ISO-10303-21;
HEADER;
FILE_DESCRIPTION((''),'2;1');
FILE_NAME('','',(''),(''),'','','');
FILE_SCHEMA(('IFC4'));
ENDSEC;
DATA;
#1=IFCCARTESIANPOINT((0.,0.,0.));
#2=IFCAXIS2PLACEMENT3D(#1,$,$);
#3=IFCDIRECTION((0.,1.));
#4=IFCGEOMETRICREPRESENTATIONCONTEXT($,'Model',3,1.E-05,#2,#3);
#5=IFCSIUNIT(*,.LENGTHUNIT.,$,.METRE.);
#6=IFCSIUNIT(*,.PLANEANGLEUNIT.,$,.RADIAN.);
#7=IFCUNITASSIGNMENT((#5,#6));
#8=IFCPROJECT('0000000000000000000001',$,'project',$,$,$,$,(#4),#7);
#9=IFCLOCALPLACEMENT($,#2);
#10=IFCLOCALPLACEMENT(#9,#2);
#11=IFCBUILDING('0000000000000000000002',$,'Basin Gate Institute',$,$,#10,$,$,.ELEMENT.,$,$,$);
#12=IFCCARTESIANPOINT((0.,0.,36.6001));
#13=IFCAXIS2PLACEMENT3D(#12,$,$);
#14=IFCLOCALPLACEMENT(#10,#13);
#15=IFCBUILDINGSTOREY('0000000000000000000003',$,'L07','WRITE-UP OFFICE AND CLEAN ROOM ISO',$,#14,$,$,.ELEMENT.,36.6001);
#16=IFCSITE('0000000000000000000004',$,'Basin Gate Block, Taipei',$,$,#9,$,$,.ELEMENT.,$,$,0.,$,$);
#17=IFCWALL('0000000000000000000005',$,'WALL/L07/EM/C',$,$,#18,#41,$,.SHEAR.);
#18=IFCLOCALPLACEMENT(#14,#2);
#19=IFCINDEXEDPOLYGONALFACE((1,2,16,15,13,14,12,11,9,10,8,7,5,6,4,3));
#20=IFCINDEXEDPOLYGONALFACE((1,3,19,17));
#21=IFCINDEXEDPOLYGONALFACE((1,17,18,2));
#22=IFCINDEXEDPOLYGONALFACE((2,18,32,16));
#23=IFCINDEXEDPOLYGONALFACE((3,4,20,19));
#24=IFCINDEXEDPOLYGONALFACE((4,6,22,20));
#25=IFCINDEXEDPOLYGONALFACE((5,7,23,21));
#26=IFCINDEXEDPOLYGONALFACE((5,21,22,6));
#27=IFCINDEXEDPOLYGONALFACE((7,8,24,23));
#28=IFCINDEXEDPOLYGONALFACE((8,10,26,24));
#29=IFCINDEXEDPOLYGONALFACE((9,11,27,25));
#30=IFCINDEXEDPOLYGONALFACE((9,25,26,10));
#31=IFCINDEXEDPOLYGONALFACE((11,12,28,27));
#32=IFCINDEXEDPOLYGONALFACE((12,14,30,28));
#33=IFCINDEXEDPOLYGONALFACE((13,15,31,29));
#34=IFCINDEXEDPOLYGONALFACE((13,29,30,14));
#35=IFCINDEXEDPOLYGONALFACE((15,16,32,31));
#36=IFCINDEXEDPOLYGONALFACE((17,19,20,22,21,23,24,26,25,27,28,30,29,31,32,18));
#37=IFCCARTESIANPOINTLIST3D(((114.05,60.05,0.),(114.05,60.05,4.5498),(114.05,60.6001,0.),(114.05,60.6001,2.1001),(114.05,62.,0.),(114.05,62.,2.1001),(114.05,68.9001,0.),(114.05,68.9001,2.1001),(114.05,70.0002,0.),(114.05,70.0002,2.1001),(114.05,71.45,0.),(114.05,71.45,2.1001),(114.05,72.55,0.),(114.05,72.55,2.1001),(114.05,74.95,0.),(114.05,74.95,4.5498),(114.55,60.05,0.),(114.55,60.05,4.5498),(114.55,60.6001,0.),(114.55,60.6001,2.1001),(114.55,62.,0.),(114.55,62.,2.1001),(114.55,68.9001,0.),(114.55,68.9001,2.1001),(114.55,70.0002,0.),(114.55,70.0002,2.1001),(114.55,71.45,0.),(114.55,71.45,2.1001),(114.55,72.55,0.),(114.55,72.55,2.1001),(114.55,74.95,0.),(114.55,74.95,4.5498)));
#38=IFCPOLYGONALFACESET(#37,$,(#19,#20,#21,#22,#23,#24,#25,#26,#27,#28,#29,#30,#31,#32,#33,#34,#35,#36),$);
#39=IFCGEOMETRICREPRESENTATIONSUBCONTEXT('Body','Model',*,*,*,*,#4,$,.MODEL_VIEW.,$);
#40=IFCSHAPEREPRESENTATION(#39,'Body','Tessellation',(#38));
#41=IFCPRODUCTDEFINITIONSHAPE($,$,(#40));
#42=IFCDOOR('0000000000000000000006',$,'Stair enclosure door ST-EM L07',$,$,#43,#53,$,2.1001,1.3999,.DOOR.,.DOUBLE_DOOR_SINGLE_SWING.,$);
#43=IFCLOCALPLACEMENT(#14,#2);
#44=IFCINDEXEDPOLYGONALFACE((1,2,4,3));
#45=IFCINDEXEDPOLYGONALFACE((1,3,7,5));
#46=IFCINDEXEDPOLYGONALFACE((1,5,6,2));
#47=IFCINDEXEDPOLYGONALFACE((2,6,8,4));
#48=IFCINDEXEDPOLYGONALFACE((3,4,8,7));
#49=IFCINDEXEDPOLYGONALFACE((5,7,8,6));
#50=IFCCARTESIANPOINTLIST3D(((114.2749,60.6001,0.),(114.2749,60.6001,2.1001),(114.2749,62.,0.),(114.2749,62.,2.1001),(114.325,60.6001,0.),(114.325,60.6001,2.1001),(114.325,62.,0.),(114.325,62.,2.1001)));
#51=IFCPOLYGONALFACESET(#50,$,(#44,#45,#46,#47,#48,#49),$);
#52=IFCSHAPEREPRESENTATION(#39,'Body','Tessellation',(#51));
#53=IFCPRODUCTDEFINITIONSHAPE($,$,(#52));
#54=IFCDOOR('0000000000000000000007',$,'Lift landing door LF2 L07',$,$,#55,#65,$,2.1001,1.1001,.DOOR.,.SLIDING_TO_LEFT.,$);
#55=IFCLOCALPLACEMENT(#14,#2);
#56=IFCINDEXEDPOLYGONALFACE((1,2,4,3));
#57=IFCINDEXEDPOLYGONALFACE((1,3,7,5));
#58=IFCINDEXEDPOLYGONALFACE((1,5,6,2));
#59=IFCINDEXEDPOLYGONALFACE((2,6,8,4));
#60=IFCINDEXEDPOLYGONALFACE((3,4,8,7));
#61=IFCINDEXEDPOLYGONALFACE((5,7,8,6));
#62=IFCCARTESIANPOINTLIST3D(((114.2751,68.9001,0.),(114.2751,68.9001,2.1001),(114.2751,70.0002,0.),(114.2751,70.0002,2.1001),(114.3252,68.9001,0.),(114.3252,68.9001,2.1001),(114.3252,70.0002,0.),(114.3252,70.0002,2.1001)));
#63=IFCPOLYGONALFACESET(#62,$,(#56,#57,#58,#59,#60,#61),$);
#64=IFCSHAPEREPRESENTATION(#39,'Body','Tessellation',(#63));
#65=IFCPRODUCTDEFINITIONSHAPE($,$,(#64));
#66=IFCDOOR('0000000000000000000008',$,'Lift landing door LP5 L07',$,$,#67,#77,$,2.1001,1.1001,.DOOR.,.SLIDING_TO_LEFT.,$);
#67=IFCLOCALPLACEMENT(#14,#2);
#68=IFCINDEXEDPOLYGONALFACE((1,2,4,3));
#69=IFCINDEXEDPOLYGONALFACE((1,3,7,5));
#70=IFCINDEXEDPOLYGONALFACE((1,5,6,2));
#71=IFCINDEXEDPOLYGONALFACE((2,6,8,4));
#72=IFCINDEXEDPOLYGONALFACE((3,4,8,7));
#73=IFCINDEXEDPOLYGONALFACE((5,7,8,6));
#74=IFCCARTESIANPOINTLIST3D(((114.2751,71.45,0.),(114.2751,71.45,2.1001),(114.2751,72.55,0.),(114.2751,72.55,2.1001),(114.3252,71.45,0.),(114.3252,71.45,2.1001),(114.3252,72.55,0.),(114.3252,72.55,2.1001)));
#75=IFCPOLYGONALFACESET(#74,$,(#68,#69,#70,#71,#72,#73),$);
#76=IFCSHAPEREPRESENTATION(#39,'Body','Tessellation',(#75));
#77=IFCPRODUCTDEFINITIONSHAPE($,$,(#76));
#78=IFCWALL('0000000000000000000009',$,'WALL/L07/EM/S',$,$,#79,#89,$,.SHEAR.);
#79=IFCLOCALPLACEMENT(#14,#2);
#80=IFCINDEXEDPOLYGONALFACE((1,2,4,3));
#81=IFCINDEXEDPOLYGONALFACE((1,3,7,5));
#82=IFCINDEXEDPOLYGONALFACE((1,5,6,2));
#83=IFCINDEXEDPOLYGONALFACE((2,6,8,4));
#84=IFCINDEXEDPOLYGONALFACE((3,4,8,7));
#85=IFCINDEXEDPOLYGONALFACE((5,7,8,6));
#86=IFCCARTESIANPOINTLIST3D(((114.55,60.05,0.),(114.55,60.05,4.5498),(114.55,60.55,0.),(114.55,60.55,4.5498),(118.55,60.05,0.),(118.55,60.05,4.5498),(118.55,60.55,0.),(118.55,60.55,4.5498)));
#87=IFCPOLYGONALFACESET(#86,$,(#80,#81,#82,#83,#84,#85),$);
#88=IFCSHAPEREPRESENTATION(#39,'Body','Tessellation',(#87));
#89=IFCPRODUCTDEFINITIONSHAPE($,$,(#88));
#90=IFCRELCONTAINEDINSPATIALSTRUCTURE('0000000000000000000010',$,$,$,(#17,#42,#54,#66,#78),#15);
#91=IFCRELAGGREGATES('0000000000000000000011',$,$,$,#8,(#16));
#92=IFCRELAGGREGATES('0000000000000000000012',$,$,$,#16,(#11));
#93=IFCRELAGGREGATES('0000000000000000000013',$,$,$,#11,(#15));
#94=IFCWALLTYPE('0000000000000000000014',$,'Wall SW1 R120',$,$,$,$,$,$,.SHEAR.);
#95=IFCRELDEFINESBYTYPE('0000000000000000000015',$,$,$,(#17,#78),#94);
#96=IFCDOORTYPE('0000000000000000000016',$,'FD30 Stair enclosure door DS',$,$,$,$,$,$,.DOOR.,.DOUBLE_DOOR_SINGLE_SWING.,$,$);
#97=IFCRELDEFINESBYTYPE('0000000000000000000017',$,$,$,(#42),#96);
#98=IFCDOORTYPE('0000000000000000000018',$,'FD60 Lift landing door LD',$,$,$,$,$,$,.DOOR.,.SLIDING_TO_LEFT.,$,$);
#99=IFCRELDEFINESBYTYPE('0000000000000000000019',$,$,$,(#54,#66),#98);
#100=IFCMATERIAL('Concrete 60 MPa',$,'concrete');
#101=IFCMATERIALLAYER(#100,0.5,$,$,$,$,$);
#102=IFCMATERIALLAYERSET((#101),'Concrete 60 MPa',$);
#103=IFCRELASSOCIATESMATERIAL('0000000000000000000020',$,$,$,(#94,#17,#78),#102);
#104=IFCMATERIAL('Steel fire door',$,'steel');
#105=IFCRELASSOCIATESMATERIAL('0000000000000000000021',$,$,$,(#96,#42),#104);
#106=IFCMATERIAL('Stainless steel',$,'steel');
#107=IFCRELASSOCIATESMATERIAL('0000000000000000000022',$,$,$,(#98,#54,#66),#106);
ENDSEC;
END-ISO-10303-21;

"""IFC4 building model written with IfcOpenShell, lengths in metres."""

from ifc_helpers import new_model, si_unit, direction, frame, frame_2d, origin, place, context, subcontext, project, spatial, rectangle, extrude, material, layer, layer_set, type_object, element, fill, save


model = new_model("IFC4")

# Units and contexts
model_context = context("Model", 3, precision=1e-05, world=origin(), true_north=direction((0.0, 1.0)))
body_context = subcontext(model_context, "Body", "Model", "MODEL_VIEW")
ifc_project = project(units=[si_unit("LENGTHUNIT", "METRE"), si_unit("PLANEANGLEUNIT", "RADIAN")], contexts=[model_context])

# Site, building, storey
site_placement = place(None, origin())
site = spatial("IfcSite", under=ifc_project, at=site_placement, Name="Basin Gate Block, Taipei", CompositionType="ELEMENT", RefElevation=0.0)
building_placement = place(site_placement, origin())
building = spatial("IfcBuilding", under=site, at=building_placement, Name="Basin Gate Institute", CompositionType="ELEMENT")
storey_placement = place(building_placement, frame((0.0, 0.0, 36.6001)))
storey = spatial("IfcBuildingStorey", under=building, at=storey_placement, Name="L07", Description="WRITE-UP OFFICE AND CLEAN ROOM ISO", CompositionType="ELEMENT", Elevation=36.6001)

# Shared definitions
ifc_material_1 = material(Name="Concrete 60 MPa", Category="concrete")
ifc_layer_1 = layer(ifc_material_1, 0.5)
ifc_layer_set_1 = layer_set([ifc_layer_1], Name="Concrete 60 MPa")
wall_type_1 = type_object("IfcWallType", Name="Wall SW1 R120", PredefinedType="SHEAR", material=ifc_layer_set_1)

# Wall, openings, doors
wall_1_placement = place(storey_placement, frame((114.3, 60.05, 0.0), z_axis=(0.0, 0.0, 1.0), x_axis=(0.0, 1.0, 0.0)))
wall_1 = element("IfcWall", 1, at=wall_1_placement, inside=storey, type_object=wall_type_1, material=ifc_layer_set_1, Name="WALL/L07/EM/C", PredefinedType="SHEAR", context=body_context, shape_type="SweptSolid", body=[
    extrude(rectangle(XDim=14.8999, YDim=0.5, at=frame_2d((7.45, 0.0))), origin(), (0.0, 0.0, 1.0), 4.5498),
])
opening_1_placement = place(wall_1_placement, frame((0.55, 0.0, 0.0)))
opening_1 = element("IfcOpeningElement", 2, at=opening_1_placement, cuts=wall_1, PredefinedType="OPENING", context=body_context, shape_type="SweptSolid", body=[
    extrude(rectangle(XDim=1.3999, YDim=2.1001, at=frame_2d((0.7, 1.05))), frame((0.0, 0.26, 0.0), z_axis=(0.0, -1.0, 0.0), x_axis=(1.0, 0.0, 0.0)), (0.0, 0.0, 1.0), 0.52),
])
opening_2_placement = place(wall_1_placement, frame((8.8501, 0.0, 0.0)))
opening_2 = element("IfcOpeningElement", 3, at=opening_2_placement, cuts=wall_1, PredefinedType="OPENING", context=body_context, shape_type="SweptSolid", body=[
    extrude(rectangle(XDim=1.1001, YDim=2.1001, at=frame_2d((0.55, 1.05))), frame((0.0, 0.26, 0.0), z_axis=(0.0, -1.0, 0.0), x_axis=(1.0, 0.0, 0.0)), (0.0, 0.0, 1.0), 0.52),
])
opening_3_placement = place(wall_1_placement, frame((11.3999, 0.0, 0.0)))
opening_3 = element("IfcOpeningElement", 4, at=opening_3_placement, cuts=wall_1, PredefinedType="OPENING", context=body_context, shape_type="SweptSolid", body=[
    extrude(rectangle(XDim=1.1001, YDim=2.1001, at=frame_2d((0.55, 1.05))), frame((0.0, 0.26, 0.0), z_axis=(0.0, -1.0, 0.0), x_axis=(1.0, 0.0, 0.0)), (0.0, 0.0, 1.0), 0.52),
])
ifc_material_2 = material(Name="Steel fire door", Category="steel")
door_type_1 = type_object("IfcDoorType", Name="FD30 Stair enclosure door DS", OperationType="DOUBLE_DOOR_SINGLE_SWING", PredefinedType="DOOR", material=ifc_material_2)
door_1_placement = place(opening_1_placement, frame((1.3999, 0.0, 0.0), z_axis=(0.0, 0.0, 1.0), x_axis=(-1.0, 0.0, 0.0)))
door_1 = element("IfcDoor", 5, at=door_1_placement, inside=storey, type_object=door_type_1, material=ifc_material_2, Name="Stair enclosure door ST-EM L07", OperationType="DOUBLE_DOOR_SINGLE_SWING", OverallHeight=2.1001, OverallWidth=1.3999, PredefinedType="DOOR", context=body_context, shape_type="SweptSolid", body=[
    extrude(rectangle(XDim=1.3999, YDim=2.1001, at=frame_2d((0.7, 1.05))), frame((0.0, 0.0249, 0.0), z_axis=(0.0, -1.0, 0.0), x_axis=(1.0, 0.0, 0.0)), (0.0, 0.0, 1.0), 0.05),
])
fill(opening_1, door_1)
ifc_material_3 = material(Name="Stainless steel", Category="steel")
door_type_2 = type_object("IfcDoorType", Name="FD60 Lift landing door LD", OperationType="SLIDING_TO_LEFT", PredefinedType="DOOR", material=ifc_material_3)
door_2_placement = place(opening_2_placement, origin())
door_2 = element("IfcDoor", 6, at=door_2_placement, inside=storey, type_object=door_type_2, material=ifc_material_3, Name="Lift landing door LF2 L07", OperationType="SLIDING_TO_LEFT", OverallHeight=2.1001, OverallWidth=1.1001, PredefinedType="DOOR", context=body_context, shape_type="SweptSolid", body=[
    extrude(rectangle(XDim=1.1001, YDim=2.1001, at=frame_2d((0.55, 1.05))), frame((0.0, 0.0249, 0.0), z_axis=(0.0, -1.0, 0.0), x_axis=(1.0, 0.0, 0.0)), (0.0, 0.0, 1.0), 0.05),
])
fill(opening_2, door_2)
door_3_placement = place(opening_3_placement, origin())
door_3 = element("IfcDoor", 7, at=door_3_placement, inside=storey, type_object=door_type_2, material=ifc_material_3, Name="Lift landing door LP5 L07", OperationType="SLIDING_TO_LEFT", OverallHeight=2.1001, OverallWidth=1.1001, PredefinedType="DOOR", context=body_context, shape_type="SweptSolid", body=[
    extrude(rectangle(XDim=1.1001, YDim=2.1001, at=frame_2d((0.55, 1.05))), frame((0.0, 0.0249, 0.0), z_axis=(0.0, -1.0, 0.0), x_axis=(1.0, 0.0, 0.0)), (0.0, 0.0, 1.0), 0.05),
])
fill(opening_3, door_3)

# Wall
wall_2_placement = place(storey_placement, frame((118.55, 60.3, 0.0), z_axis=(0.0, 0.0, 1.0), x_axis=(-1.0, 0.0, 0.0)))
element("IfcWall", 8, at=wall_2_placement, inside=storey, type_object=wall_type_1, material=ifc_layer_set_1, Name="WALL/L07/EM/S", PredefinedType="SHEAR", context=body_context, shape_type="SweptSolid", body=[
    extrude(rectangle(XDim=4.0, YDim=0.5, at=frame_2d((2.0, 0.0))), origin(), (0.0, 0.0, 1.0), 4.5498),
])

save(model, "model.ifc")
